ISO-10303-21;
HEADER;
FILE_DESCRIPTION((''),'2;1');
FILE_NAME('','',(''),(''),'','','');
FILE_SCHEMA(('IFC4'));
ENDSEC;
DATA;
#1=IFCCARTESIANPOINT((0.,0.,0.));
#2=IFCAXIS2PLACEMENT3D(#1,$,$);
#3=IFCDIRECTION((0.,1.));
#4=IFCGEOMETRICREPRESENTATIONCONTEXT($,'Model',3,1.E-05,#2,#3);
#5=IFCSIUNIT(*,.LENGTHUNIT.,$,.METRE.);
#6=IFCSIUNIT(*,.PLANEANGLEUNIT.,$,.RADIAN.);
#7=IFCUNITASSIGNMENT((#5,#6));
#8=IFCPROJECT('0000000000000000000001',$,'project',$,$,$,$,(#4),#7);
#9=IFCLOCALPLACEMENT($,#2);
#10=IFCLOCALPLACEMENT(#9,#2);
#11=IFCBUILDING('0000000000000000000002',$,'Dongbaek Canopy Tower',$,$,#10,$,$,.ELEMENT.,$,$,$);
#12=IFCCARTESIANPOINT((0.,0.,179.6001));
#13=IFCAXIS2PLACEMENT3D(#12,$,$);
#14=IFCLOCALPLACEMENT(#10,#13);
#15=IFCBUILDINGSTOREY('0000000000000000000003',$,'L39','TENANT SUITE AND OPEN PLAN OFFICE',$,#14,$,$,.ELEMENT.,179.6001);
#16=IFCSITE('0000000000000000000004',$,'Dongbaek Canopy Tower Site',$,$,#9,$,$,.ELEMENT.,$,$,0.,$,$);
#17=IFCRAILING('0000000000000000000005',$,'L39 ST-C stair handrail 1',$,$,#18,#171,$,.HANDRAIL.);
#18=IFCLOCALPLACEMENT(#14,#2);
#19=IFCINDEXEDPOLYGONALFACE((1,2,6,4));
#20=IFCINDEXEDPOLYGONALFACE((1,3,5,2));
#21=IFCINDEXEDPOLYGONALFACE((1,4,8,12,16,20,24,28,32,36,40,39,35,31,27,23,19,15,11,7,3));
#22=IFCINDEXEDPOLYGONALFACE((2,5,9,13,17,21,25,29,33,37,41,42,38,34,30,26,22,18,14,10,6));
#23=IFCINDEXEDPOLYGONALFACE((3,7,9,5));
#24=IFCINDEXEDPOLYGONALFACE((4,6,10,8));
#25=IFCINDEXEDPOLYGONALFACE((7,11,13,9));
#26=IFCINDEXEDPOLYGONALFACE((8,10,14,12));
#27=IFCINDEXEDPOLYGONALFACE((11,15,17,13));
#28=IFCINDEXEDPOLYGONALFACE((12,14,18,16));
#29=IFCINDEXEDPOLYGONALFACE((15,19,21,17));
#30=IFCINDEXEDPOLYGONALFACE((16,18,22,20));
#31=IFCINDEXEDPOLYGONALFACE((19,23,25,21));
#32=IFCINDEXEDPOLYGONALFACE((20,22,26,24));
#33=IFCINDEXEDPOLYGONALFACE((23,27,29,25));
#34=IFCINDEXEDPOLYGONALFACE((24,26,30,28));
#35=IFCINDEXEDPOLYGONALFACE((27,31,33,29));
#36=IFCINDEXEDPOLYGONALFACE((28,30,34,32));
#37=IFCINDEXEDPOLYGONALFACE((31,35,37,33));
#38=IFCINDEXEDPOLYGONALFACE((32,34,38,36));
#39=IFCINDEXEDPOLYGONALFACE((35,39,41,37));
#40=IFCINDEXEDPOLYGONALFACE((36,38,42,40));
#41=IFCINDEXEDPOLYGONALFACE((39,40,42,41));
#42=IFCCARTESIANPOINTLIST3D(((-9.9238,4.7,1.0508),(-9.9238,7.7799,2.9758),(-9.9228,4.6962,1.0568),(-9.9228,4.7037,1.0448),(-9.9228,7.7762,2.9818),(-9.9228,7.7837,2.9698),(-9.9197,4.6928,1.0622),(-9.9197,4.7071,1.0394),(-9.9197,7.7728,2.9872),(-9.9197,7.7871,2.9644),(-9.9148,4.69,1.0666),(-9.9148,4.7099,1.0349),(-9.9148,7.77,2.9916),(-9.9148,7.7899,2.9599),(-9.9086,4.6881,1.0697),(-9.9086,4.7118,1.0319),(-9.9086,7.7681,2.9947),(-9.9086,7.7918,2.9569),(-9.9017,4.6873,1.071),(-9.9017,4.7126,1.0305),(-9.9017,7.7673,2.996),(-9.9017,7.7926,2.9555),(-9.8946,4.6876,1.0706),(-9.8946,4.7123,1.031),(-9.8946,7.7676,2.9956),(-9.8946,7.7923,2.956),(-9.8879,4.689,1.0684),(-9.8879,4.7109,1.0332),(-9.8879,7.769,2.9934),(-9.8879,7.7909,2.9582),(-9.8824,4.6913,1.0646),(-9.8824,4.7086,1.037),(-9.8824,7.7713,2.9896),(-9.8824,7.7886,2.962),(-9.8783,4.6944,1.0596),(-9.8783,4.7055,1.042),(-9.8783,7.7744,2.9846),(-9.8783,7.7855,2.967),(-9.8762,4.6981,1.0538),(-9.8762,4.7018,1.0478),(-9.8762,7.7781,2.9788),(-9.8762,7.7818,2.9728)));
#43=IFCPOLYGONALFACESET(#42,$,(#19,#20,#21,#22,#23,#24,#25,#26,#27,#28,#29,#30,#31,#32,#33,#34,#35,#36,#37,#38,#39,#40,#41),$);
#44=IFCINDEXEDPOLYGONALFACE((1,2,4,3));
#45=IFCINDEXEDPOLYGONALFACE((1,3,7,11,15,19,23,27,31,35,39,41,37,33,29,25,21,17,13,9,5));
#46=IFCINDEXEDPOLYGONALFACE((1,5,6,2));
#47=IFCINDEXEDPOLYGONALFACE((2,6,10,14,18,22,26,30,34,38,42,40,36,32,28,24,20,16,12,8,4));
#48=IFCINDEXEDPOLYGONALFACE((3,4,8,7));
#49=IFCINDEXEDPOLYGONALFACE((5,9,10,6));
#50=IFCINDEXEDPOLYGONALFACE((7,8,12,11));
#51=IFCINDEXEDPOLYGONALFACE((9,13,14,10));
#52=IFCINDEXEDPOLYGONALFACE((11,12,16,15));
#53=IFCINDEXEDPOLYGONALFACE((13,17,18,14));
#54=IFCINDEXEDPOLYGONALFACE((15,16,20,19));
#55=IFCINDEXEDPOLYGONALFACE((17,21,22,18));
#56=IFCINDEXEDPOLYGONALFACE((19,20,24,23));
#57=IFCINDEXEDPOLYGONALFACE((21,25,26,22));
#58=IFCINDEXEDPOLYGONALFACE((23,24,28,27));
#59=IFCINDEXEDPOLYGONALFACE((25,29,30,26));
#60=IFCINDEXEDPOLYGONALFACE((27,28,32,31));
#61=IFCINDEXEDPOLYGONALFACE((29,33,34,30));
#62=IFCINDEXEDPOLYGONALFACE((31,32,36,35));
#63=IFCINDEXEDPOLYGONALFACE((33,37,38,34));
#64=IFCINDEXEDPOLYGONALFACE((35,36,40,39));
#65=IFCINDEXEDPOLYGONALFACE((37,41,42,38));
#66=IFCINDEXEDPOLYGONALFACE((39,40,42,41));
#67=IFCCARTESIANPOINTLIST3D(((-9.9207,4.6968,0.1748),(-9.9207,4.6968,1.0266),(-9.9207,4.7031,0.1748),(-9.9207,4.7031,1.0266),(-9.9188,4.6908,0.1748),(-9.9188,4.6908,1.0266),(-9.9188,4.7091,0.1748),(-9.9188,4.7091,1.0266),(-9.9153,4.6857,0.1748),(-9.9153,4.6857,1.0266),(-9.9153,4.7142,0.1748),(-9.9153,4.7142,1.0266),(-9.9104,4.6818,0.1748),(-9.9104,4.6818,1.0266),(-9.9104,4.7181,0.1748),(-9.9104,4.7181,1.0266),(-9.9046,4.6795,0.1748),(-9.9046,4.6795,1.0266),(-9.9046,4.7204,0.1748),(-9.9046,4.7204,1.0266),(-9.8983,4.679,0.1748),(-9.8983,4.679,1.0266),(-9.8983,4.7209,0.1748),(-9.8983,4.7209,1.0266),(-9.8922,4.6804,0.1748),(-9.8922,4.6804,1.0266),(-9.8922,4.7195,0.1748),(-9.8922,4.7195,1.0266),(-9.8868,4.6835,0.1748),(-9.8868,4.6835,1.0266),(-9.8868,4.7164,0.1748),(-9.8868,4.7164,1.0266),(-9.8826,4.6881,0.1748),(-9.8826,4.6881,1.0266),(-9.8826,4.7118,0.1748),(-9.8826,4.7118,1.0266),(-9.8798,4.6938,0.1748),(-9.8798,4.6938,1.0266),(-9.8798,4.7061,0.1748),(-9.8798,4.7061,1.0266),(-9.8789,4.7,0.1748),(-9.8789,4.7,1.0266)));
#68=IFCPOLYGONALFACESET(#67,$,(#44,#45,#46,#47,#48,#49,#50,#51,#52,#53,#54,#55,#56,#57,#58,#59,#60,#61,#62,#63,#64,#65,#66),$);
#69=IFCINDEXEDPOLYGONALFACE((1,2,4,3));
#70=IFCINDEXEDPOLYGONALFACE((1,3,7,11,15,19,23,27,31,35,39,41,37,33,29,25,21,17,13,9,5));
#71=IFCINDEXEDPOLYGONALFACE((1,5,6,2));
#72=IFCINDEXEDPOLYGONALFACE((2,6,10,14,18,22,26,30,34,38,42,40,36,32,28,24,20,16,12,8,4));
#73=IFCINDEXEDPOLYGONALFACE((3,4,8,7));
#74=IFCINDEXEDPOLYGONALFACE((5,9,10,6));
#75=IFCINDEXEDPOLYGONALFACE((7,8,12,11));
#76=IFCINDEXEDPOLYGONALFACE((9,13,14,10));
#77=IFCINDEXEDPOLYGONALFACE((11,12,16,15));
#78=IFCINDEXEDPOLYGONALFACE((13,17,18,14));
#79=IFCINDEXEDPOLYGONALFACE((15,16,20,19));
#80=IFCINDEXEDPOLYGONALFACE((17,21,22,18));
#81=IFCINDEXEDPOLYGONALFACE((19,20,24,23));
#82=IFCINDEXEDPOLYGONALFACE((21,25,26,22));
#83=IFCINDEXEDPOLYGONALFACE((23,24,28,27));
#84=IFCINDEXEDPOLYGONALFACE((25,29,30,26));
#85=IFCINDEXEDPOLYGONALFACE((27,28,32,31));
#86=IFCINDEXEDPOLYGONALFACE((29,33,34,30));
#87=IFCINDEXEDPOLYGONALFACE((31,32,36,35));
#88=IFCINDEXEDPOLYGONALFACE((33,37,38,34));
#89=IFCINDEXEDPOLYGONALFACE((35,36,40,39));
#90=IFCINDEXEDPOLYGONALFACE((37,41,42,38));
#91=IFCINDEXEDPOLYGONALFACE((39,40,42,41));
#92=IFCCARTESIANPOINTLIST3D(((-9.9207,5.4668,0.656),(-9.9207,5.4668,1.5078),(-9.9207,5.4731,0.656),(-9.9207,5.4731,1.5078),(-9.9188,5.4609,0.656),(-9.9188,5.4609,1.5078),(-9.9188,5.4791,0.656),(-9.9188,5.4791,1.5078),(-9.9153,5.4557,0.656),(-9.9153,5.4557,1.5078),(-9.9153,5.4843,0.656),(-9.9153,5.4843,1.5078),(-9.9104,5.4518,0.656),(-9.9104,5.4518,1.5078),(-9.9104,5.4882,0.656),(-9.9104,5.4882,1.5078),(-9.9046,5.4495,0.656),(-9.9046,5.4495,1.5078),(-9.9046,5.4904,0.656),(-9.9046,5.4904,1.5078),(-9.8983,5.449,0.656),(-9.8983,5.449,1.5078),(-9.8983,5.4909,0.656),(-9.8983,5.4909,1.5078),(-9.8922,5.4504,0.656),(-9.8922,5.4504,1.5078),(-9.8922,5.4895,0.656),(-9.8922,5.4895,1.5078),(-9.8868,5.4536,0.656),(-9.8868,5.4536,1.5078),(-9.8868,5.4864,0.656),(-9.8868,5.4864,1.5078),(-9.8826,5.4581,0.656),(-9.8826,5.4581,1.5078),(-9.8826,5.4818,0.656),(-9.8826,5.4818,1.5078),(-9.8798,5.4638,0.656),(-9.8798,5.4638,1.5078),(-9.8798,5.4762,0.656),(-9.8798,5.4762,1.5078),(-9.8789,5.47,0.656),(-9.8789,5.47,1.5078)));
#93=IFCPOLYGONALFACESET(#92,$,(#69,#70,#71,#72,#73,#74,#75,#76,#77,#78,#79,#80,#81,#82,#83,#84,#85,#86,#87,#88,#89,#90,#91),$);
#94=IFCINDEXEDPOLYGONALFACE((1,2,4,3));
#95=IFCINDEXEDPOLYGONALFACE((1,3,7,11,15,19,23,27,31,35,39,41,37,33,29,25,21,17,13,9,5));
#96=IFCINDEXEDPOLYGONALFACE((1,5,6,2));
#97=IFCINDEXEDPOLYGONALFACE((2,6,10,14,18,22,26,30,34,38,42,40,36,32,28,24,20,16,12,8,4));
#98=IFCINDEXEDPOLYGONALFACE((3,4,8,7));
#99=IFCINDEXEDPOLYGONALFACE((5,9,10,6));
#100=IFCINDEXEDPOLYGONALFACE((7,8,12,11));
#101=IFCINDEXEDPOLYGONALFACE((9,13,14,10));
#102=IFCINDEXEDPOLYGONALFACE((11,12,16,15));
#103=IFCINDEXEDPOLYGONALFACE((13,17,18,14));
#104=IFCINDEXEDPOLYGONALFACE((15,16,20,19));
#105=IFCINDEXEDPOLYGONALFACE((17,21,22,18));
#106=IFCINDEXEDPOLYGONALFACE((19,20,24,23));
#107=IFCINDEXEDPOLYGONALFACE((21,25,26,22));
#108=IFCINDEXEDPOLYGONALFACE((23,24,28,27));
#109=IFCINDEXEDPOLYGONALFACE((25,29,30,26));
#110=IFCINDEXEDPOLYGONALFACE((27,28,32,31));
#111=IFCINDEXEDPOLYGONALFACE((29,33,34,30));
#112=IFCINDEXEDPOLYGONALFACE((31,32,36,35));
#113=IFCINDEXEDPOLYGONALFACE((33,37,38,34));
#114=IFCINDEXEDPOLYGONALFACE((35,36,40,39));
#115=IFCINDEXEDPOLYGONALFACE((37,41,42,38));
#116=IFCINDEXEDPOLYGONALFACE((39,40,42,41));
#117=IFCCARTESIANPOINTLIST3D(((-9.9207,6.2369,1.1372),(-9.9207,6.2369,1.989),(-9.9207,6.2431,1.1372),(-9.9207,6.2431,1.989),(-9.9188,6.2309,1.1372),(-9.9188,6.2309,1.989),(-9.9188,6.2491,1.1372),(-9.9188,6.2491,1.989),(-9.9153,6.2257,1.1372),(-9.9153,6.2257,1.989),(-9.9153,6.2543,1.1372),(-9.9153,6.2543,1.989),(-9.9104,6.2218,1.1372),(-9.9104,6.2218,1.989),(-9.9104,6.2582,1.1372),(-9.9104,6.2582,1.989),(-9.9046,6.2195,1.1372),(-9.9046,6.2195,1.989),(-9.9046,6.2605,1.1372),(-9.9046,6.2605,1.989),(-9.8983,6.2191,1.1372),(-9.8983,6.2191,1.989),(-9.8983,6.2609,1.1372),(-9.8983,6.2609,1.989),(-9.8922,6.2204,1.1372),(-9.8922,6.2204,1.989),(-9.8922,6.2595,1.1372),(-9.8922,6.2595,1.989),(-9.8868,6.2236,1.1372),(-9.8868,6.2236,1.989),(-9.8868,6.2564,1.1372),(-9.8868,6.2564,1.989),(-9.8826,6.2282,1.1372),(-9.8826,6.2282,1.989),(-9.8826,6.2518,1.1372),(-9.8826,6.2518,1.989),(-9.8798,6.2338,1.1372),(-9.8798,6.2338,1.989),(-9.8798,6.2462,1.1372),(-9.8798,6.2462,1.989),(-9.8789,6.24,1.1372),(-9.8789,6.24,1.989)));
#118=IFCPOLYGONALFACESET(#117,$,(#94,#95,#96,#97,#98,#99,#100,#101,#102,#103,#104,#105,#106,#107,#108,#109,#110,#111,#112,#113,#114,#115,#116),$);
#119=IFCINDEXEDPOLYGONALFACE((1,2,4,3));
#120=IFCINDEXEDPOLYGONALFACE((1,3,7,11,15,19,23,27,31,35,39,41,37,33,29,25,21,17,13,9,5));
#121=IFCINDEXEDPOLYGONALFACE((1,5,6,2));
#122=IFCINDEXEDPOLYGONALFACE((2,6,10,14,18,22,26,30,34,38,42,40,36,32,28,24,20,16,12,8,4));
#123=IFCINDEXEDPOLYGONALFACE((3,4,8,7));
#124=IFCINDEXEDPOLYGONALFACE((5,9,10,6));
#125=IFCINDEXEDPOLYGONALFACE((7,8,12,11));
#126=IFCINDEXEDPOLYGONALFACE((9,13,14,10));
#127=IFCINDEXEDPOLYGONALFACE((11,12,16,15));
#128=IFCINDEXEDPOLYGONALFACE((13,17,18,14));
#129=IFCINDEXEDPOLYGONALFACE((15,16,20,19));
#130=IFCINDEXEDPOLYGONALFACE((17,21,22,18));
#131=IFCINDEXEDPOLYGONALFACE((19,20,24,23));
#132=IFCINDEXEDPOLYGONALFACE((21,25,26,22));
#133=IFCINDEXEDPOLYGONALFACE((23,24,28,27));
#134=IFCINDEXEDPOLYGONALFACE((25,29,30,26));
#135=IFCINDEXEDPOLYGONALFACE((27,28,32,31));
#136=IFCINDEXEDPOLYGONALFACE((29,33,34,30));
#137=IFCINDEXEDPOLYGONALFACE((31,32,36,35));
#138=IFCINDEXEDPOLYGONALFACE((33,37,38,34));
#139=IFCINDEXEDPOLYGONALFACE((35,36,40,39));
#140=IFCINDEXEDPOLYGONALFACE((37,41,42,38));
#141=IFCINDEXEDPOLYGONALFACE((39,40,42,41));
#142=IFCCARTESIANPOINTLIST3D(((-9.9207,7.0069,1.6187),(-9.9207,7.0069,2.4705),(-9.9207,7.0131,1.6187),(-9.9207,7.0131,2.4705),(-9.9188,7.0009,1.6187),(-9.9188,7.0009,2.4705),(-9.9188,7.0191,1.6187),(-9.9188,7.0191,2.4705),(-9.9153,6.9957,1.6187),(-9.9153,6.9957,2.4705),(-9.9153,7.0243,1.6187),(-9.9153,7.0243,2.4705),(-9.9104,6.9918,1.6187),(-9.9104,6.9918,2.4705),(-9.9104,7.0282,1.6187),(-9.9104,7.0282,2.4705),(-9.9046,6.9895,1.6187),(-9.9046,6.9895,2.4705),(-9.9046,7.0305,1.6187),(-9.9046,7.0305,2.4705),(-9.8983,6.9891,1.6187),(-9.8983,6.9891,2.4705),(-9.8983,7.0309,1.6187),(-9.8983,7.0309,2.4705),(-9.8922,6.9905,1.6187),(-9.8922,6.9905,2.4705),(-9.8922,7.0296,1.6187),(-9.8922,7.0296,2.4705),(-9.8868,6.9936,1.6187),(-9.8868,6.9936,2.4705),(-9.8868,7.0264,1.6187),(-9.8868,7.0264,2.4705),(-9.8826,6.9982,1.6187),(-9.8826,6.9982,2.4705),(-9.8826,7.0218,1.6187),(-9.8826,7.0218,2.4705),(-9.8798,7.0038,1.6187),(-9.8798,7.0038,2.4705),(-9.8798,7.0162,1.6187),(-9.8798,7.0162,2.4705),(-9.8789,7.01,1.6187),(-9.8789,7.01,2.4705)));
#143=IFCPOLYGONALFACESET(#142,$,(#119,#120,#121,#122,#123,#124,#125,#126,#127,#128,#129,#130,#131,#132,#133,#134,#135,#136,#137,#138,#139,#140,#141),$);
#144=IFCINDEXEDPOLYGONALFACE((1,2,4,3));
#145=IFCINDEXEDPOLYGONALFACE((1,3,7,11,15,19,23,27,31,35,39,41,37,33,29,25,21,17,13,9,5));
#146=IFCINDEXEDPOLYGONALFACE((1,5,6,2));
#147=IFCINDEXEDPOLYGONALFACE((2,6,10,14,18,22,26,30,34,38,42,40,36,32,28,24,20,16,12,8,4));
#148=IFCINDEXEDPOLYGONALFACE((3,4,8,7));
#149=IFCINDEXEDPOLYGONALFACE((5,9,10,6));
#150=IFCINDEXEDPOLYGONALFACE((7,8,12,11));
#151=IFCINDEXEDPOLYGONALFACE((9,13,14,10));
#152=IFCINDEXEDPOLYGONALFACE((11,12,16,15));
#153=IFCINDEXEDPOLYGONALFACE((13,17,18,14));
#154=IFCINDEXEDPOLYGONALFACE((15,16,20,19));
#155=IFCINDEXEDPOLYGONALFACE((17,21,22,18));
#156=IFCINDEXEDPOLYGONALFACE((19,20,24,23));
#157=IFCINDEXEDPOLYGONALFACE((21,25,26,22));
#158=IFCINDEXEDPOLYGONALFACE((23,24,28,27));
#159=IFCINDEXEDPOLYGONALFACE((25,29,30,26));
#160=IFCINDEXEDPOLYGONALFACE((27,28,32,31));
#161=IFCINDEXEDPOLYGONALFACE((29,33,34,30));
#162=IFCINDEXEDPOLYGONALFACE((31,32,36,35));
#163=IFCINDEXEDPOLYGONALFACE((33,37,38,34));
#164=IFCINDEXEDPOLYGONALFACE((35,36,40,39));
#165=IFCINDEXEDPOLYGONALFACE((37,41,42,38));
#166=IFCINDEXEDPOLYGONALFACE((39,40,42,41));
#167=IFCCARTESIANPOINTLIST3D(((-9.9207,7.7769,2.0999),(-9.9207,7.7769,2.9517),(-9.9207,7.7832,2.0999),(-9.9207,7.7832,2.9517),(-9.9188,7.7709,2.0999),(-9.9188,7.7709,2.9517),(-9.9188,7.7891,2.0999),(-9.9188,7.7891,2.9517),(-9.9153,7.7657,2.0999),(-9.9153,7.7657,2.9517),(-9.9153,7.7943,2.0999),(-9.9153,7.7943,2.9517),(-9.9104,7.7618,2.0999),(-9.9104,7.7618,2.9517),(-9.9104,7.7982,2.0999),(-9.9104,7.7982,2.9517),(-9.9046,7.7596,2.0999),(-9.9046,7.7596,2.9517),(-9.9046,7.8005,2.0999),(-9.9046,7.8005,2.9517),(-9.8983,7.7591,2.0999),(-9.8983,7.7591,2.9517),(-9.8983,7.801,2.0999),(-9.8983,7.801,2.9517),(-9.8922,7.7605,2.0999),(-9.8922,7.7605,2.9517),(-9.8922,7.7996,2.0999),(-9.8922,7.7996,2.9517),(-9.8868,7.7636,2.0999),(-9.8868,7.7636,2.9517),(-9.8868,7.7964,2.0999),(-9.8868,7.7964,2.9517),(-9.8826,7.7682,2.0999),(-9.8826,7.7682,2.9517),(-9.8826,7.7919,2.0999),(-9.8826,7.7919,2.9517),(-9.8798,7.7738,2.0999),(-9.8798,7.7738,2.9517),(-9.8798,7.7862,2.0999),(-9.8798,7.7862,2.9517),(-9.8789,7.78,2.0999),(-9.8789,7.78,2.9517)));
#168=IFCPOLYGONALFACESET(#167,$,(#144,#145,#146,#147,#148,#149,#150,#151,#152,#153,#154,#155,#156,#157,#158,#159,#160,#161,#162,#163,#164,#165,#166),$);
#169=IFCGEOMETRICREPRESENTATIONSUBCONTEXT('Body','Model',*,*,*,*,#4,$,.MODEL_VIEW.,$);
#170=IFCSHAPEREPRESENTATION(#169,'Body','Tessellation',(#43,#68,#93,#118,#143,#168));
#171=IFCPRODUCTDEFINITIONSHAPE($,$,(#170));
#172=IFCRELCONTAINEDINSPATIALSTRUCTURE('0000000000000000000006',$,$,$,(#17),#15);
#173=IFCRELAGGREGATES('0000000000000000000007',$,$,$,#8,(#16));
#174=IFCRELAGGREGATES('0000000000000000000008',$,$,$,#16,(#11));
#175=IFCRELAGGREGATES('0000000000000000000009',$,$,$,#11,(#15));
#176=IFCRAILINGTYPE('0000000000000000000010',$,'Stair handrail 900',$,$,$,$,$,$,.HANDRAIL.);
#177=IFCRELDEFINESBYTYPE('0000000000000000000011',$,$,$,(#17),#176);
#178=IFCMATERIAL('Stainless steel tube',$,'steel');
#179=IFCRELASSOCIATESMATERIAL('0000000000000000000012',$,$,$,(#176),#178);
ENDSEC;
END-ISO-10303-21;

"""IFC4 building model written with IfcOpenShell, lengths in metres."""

from ifc_helpers import new_model, si_unit, direction, frame, origin, origin_2d, place, context, subcontext, project, spatial, circle, extrude, material, type_object, element, save


model = new_model("IFC4")

# Units and contexts
model_context = context("Model", 3, precision=1e-05, world=origin(), true_north=direction((0.0, 1.0)))
body_context = subcontext(model_context, "Body", "Model", "MODEL_VIEW")
ifc_project = project(units=[si_unit("LENGTHUNIT", "METRE"), si_unit("PLANEANGLEUNIT", "RADIAN")], contexts=[model_context])

# Site, building, storey
site_placement = place(None, origin())
site = spatial("IfcSite", under=ifc_project, at=site_placement, Name="Dongbaek Canopy Tower Site", CompositionType="ELEMENT", RefElevation=0.0)
building_placement = place(site_placement, origin())
building = spatial("IfcBuilding", under=site, at=building_placement, Name="Dongbaek Canopy Tower", CompositionType="ELEMENT")
storey_placement = place(building_placement, frame((0.0, 0.0, 179.6001)))
storey = spatial("IfcBuildingStorey", under=building, at=storey_placement, Name="L39", Description="TENANT SUITE AND OPEN PLAN OFFICE", CompositionType="ELEMENT", Elevation=179.6001)

# Railing
ifc_material_1 = material(Name="Stainless steel tube", Category="steel")
railing_type_1 = type_object("IfcRailingType", Name="Stair handrail 900", PredefinedType="HANDRAIL", material=ifc_material_1)
railing_1_placement = place(storey_placement, frame((-9.8999, 4.7, 0.1748)))
element("IfcRailing", 1, at=railing_1_placement, inside=storey, type_object=railing_type_1, Name="L39 ST-C stair handrail 1", PredefinedType="HANDRAIL", context=body_context, shape_type="SweptSolid", body=[
    extrude(circle(Radius=0.0239, at=origin_2d()), frame((0.0, 0.0, 0.876), z_axis=(0.0, 0.847998, 0.529999), x_axis=(-1.0, 0.0, 0.0)), (0.0, 0.0, 1.0), 3.6321),
    extrude(circle(Radius=0.021, at=origin_2d()), origin(), (0.0, 0.0, 1.0), 0.8518),
    extrude(circle(Radius=0.021, at=origin_2d()), frame((0.0, 0.77, 0.4812)), (0.0, 0.0, 1.0), 0.8518),
    extrude(circle(Radius=0.021, at=origin_2d()), frame((0.0, 1.54, 0.9624)), (0.0, 0.0, 1.0), 0.8518),
    extrude(circle(Radius=0.021, at=origin_2d()), frame((0.0, 2.3101, 1.4438)), (0.0, 0.0, 1.0), 0.8518),
    extrude(circle(Radius=0.021, at=origin_2d()), frame((0.0, 3.0801, 1.925)), (0.0, 0.0, 1.0), 0.8518),
])

save(model, "model.ifc")
